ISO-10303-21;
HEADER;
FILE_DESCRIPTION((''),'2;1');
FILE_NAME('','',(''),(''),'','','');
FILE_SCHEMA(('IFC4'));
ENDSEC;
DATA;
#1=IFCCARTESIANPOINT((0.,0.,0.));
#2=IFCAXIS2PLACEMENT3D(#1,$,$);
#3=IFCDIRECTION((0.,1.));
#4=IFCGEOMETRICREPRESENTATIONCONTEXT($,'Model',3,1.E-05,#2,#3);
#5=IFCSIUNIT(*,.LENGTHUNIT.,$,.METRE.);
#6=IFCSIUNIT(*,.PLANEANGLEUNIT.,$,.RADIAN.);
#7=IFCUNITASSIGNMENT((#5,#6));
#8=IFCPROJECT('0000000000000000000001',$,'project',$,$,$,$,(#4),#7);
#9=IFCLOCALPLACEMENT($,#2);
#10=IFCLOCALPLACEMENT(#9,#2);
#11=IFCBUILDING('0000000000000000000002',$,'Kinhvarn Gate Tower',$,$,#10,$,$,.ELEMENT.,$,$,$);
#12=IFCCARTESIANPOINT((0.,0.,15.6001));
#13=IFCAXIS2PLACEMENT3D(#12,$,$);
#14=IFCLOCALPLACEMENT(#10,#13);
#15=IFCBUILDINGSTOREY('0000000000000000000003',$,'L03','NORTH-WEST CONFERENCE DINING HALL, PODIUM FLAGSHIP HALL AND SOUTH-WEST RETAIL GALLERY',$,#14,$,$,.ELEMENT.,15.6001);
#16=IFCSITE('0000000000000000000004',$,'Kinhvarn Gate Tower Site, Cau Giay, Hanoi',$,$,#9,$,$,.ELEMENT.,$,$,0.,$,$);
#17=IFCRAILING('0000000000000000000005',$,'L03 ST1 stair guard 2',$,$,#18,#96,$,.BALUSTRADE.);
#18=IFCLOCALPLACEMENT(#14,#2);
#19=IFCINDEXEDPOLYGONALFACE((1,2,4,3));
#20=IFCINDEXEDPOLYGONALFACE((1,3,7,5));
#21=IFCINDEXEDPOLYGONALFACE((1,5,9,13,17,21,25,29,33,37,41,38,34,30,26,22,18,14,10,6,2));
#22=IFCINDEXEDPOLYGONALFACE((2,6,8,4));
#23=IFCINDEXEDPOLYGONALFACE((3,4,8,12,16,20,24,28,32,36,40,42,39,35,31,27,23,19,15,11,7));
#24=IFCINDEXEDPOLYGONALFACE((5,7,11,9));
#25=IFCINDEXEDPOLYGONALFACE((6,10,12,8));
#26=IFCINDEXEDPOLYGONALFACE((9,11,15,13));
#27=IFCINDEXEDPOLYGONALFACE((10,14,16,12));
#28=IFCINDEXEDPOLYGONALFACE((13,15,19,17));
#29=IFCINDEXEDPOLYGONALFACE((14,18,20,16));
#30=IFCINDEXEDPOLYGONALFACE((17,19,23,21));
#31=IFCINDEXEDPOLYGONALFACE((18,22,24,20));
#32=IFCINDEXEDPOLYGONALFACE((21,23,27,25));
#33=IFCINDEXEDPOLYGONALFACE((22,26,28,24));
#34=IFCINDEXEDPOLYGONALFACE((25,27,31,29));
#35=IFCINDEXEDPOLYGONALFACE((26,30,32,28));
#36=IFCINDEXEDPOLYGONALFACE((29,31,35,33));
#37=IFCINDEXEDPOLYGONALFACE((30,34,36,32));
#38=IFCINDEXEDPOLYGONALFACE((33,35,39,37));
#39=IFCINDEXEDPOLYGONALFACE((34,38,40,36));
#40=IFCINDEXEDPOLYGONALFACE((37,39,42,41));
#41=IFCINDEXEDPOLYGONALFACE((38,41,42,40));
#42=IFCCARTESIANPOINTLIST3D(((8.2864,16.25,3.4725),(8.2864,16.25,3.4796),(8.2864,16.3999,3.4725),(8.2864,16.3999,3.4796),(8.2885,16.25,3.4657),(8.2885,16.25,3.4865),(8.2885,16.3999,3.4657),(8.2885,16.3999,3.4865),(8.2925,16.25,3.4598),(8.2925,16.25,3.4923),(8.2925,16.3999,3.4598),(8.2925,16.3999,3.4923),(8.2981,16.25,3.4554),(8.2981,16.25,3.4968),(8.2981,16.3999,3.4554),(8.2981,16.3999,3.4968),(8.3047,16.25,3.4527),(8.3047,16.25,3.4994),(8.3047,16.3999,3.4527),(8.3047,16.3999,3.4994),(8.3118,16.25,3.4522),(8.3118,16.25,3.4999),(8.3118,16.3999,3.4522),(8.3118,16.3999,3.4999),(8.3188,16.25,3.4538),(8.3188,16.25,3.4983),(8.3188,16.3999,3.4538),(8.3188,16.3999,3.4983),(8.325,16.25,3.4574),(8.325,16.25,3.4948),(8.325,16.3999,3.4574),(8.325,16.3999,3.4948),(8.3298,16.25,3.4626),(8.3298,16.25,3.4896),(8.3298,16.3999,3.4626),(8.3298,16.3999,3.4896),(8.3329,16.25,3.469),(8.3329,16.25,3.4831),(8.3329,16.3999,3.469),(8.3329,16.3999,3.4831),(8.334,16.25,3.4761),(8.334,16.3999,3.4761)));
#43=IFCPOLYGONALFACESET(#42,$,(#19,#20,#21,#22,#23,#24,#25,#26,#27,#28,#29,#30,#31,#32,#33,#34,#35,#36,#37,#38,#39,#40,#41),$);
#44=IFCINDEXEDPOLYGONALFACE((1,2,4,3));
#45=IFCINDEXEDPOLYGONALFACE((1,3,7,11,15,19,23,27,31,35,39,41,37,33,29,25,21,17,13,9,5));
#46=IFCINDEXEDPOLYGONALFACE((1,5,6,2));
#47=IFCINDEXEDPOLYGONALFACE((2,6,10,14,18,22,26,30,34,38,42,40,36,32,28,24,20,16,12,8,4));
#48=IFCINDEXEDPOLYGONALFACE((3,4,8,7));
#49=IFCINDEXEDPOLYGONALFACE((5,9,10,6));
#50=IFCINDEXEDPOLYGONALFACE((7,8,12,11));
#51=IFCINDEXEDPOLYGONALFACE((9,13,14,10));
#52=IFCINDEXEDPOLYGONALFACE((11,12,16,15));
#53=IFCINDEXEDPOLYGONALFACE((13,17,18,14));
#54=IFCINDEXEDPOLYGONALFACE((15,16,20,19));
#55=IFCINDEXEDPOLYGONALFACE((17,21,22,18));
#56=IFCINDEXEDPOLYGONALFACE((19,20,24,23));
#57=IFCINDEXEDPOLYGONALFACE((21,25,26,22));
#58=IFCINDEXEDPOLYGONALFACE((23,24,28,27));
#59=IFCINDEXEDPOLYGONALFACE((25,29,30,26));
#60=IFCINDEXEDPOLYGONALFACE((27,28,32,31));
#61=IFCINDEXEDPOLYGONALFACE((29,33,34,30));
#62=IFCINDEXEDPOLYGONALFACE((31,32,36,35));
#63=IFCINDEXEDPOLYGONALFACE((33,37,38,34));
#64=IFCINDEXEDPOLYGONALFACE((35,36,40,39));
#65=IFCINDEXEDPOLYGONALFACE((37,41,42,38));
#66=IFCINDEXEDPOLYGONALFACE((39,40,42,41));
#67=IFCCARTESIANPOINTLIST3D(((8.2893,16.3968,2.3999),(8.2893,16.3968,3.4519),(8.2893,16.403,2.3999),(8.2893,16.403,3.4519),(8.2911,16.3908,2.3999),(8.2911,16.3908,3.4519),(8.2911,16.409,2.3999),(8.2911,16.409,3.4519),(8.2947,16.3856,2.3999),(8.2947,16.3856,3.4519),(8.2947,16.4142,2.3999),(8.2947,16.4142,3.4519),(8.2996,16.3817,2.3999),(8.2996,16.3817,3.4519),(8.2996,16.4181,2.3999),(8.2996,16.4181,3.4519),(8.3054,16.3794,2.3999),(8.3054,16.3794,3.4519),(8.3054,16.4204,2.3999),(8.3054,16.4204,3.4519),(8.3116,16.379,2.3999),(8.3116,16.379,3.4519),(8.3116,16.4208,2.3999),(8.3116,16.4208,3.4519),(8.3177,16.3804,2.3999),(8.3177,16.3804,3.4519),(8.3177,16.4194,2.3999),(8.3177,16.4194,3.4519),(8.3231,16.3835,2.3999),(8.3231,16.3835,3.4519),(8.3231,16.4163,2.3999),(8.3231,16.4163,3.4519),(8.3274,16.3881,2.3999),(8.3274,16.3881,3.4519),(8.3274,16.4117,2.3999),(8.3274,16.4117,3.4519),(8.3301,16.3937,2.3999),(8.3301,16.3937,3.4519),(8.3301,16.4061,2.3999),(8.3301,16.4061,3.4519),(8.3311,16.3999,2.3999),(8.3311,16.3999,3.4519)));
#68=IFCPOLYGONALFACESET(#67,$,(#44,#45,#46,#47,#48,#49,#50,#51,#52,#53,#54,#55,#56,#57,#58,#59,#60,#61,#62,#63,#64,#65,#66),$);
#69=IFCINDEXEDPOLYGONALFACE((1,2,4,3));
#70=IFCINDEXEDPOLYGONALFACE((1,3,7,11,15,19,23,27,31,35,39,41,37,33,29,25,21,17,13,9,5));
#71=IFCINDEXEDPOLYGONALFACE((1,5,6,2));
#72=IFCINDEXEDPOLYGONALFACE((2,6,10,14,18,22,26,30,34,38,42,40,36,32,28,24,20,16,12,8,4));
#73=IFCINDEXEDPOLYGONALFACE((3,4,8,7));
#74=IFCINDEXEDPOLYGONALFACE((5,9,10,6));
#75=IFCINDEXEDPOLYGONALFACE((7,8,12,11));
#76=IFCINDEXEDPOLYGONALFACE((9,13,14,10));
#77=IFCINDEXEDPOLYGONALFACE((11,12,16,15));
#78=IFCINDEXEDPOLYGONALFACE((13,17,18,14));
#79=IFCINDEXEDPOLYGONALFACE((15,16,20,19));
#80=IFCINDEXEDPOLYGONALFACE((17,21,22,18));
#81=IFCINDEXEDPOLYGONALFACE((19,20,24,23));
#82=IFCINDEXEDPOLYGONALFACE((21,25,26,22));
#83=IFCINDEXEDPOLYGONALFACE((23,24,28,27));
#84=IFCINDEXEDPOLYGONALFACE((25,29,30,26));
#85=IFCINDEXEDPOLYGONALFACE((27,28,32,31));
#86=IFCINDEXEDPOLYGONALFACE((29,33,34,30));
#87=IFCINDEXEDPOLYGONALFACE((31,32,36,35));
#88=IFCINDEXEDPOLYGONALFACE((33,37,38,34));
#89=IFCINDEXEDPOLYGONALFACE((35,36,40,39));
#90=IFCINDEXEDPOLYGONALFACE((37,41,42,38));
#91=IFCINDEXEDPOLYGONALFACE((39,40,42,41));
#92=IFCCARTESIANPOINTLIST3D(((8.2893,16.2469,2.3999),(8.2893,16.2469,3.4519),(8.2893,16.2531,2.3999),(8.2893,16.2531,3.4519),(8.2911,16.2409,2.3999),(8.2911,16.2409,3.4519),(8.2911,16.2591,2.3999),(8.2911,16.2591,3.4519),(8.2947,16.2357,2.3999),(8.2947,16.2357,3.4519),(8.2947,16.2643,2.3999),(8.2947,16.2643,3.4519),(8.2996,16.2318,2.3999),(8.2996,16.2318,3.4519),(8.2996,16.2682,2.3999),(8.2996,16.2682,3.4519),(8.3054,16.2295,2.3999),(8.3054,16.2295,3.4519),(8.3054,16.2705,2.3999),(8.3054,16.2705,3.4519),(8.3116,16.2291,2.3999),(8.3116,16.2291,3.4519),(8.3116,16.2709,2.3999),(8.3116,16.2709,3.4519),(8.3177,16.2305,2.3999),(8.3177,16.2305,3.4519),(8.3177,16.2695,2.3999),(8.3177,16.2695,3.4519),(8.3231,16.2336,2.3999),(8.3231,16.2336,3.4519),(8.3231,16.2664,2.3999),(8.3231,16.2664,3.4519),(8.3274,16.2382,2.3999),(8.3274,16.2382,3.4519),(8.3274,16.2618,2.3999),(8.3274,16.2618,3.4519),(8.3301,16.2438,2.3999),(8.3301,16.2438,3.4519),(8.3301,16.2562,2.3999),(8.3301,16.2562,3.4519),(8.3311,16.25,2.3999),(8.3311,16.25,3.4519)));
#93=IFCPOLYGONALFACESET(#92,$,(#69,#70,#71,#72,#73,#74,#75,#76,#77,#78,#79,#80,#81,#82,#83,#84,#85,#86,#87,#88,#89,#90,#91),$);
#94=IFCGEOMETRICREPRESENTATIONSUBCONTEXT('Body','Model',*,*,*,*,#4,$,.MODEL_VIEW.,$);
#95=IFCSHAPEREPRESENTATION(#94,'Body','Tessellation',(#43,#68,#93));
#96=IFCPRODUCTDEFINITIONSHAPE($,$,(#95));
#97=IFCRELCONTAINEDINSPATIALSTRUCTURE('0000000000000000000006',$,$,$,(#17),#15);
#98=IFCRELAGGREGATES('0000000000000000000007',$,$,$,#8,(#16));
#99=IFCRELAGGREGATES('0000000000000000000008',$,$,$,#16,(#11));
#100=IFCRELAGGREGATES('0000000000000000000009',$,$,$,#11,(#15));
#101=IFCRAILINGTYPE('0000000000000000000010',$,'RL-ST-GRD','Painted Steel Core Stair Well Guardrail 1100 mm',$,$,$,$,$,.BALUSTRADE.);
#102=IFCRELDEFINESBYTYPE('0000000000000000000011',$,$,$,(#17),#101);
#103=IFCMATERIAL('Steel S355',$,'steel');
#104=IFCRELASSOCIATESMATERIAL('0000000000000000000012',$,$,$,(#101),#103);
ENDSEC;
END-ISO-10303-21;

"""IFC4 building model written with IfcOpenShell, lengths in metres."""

from ifc_helpers import new_model, si_unit, direction, frame, origin, origin_2d, place, context, subcontext, project, spatial, circle, extrude, material, type_object, element, save


model = new_model("IFC4")

# Units and contexts
model_context = context("Model", 3, precision=1e-05, world=origin(), true_north=direction((0.0, 1.0)))
body_context = subcontext(model_context, "Body", "Model", "MODEL_VIEW")
ifc_project = project(units=[si_unit("LENGTHUNIT", "METRE"), si_unit("PLANEANGLEUNIT", "RADIAN")], contexts=[model_context])

# Site, building, storey
site_placement = place(None, origin())
site = spatial("IfcSite", under=ifc_project, at=site_placement, Name="Kinhvarn Gate Tower Site, Cau Giay, Hanoi", CompositionType="ELEMENT", RefElevation=0.0)
building_placement = place(site_placement, origin())
building = spatial("IfcBuilding", under=site, at=building_placement, Name="Kinhvarn Gate Tower", CompositionType="ELEMENT")
storey_placement = place(building_placement, frame((0.0, 0.0, 15.6001)))
storey = spatial("IfcBuildingStorey", under=building, at=storey_placement, Name="L03", Description="NORTH-WEST CONFERENCE DINING HALL, PODIUM FLAGSHIP HALL AND SOUTH-WEST RETAIL GALLERY", CompositionType="ELEMENT", Elevation=15.6001)

# Shared definitions
ifc_material_1 = material(Name="Steel S355", Category="steel")

# Railing
railing_type_1 = type_object("IfcRailingType", Name="RL-ST-GRD", Description="Painted Steel Core Stair Well Guardrail 1100 mm", PredefinedType="BALUSTRADE", material=ifc_material_1)
railing_1_placement = place(storey_placement, frame((8.3101, 16.3999, 2.3999)))
element("IfcRailing", 1, at=railing_1_placement, inside=storey, type_object=railing_type_1, Name="L03 ST1 stair guard 2", PredefinedType="BALUSTRADE", context=body_context, shape_type="SweptSolid", body=[
    extrude(circle(Radius=0.0239, at=origin_2d()), frame((0.0, 0.0, 1.0762), z_axis=(0.0, -1.0, 0.0), x_axis=(1.0, 0.0, 0.0)), (0.0, 0.0, 1.0), 0.1499),
    extrude(circle(Radius=0.021, at=origin_2d()), origin(), (0.0, 0.0, 1.0), 1.052),
    extrude(circle(Radius=0.021, at=origin_2d()), frame((0.0, -0.1499, 0.0)), (0.0, 0.0, 1.0), 1.052),
])

save(model, "model.ifc")
